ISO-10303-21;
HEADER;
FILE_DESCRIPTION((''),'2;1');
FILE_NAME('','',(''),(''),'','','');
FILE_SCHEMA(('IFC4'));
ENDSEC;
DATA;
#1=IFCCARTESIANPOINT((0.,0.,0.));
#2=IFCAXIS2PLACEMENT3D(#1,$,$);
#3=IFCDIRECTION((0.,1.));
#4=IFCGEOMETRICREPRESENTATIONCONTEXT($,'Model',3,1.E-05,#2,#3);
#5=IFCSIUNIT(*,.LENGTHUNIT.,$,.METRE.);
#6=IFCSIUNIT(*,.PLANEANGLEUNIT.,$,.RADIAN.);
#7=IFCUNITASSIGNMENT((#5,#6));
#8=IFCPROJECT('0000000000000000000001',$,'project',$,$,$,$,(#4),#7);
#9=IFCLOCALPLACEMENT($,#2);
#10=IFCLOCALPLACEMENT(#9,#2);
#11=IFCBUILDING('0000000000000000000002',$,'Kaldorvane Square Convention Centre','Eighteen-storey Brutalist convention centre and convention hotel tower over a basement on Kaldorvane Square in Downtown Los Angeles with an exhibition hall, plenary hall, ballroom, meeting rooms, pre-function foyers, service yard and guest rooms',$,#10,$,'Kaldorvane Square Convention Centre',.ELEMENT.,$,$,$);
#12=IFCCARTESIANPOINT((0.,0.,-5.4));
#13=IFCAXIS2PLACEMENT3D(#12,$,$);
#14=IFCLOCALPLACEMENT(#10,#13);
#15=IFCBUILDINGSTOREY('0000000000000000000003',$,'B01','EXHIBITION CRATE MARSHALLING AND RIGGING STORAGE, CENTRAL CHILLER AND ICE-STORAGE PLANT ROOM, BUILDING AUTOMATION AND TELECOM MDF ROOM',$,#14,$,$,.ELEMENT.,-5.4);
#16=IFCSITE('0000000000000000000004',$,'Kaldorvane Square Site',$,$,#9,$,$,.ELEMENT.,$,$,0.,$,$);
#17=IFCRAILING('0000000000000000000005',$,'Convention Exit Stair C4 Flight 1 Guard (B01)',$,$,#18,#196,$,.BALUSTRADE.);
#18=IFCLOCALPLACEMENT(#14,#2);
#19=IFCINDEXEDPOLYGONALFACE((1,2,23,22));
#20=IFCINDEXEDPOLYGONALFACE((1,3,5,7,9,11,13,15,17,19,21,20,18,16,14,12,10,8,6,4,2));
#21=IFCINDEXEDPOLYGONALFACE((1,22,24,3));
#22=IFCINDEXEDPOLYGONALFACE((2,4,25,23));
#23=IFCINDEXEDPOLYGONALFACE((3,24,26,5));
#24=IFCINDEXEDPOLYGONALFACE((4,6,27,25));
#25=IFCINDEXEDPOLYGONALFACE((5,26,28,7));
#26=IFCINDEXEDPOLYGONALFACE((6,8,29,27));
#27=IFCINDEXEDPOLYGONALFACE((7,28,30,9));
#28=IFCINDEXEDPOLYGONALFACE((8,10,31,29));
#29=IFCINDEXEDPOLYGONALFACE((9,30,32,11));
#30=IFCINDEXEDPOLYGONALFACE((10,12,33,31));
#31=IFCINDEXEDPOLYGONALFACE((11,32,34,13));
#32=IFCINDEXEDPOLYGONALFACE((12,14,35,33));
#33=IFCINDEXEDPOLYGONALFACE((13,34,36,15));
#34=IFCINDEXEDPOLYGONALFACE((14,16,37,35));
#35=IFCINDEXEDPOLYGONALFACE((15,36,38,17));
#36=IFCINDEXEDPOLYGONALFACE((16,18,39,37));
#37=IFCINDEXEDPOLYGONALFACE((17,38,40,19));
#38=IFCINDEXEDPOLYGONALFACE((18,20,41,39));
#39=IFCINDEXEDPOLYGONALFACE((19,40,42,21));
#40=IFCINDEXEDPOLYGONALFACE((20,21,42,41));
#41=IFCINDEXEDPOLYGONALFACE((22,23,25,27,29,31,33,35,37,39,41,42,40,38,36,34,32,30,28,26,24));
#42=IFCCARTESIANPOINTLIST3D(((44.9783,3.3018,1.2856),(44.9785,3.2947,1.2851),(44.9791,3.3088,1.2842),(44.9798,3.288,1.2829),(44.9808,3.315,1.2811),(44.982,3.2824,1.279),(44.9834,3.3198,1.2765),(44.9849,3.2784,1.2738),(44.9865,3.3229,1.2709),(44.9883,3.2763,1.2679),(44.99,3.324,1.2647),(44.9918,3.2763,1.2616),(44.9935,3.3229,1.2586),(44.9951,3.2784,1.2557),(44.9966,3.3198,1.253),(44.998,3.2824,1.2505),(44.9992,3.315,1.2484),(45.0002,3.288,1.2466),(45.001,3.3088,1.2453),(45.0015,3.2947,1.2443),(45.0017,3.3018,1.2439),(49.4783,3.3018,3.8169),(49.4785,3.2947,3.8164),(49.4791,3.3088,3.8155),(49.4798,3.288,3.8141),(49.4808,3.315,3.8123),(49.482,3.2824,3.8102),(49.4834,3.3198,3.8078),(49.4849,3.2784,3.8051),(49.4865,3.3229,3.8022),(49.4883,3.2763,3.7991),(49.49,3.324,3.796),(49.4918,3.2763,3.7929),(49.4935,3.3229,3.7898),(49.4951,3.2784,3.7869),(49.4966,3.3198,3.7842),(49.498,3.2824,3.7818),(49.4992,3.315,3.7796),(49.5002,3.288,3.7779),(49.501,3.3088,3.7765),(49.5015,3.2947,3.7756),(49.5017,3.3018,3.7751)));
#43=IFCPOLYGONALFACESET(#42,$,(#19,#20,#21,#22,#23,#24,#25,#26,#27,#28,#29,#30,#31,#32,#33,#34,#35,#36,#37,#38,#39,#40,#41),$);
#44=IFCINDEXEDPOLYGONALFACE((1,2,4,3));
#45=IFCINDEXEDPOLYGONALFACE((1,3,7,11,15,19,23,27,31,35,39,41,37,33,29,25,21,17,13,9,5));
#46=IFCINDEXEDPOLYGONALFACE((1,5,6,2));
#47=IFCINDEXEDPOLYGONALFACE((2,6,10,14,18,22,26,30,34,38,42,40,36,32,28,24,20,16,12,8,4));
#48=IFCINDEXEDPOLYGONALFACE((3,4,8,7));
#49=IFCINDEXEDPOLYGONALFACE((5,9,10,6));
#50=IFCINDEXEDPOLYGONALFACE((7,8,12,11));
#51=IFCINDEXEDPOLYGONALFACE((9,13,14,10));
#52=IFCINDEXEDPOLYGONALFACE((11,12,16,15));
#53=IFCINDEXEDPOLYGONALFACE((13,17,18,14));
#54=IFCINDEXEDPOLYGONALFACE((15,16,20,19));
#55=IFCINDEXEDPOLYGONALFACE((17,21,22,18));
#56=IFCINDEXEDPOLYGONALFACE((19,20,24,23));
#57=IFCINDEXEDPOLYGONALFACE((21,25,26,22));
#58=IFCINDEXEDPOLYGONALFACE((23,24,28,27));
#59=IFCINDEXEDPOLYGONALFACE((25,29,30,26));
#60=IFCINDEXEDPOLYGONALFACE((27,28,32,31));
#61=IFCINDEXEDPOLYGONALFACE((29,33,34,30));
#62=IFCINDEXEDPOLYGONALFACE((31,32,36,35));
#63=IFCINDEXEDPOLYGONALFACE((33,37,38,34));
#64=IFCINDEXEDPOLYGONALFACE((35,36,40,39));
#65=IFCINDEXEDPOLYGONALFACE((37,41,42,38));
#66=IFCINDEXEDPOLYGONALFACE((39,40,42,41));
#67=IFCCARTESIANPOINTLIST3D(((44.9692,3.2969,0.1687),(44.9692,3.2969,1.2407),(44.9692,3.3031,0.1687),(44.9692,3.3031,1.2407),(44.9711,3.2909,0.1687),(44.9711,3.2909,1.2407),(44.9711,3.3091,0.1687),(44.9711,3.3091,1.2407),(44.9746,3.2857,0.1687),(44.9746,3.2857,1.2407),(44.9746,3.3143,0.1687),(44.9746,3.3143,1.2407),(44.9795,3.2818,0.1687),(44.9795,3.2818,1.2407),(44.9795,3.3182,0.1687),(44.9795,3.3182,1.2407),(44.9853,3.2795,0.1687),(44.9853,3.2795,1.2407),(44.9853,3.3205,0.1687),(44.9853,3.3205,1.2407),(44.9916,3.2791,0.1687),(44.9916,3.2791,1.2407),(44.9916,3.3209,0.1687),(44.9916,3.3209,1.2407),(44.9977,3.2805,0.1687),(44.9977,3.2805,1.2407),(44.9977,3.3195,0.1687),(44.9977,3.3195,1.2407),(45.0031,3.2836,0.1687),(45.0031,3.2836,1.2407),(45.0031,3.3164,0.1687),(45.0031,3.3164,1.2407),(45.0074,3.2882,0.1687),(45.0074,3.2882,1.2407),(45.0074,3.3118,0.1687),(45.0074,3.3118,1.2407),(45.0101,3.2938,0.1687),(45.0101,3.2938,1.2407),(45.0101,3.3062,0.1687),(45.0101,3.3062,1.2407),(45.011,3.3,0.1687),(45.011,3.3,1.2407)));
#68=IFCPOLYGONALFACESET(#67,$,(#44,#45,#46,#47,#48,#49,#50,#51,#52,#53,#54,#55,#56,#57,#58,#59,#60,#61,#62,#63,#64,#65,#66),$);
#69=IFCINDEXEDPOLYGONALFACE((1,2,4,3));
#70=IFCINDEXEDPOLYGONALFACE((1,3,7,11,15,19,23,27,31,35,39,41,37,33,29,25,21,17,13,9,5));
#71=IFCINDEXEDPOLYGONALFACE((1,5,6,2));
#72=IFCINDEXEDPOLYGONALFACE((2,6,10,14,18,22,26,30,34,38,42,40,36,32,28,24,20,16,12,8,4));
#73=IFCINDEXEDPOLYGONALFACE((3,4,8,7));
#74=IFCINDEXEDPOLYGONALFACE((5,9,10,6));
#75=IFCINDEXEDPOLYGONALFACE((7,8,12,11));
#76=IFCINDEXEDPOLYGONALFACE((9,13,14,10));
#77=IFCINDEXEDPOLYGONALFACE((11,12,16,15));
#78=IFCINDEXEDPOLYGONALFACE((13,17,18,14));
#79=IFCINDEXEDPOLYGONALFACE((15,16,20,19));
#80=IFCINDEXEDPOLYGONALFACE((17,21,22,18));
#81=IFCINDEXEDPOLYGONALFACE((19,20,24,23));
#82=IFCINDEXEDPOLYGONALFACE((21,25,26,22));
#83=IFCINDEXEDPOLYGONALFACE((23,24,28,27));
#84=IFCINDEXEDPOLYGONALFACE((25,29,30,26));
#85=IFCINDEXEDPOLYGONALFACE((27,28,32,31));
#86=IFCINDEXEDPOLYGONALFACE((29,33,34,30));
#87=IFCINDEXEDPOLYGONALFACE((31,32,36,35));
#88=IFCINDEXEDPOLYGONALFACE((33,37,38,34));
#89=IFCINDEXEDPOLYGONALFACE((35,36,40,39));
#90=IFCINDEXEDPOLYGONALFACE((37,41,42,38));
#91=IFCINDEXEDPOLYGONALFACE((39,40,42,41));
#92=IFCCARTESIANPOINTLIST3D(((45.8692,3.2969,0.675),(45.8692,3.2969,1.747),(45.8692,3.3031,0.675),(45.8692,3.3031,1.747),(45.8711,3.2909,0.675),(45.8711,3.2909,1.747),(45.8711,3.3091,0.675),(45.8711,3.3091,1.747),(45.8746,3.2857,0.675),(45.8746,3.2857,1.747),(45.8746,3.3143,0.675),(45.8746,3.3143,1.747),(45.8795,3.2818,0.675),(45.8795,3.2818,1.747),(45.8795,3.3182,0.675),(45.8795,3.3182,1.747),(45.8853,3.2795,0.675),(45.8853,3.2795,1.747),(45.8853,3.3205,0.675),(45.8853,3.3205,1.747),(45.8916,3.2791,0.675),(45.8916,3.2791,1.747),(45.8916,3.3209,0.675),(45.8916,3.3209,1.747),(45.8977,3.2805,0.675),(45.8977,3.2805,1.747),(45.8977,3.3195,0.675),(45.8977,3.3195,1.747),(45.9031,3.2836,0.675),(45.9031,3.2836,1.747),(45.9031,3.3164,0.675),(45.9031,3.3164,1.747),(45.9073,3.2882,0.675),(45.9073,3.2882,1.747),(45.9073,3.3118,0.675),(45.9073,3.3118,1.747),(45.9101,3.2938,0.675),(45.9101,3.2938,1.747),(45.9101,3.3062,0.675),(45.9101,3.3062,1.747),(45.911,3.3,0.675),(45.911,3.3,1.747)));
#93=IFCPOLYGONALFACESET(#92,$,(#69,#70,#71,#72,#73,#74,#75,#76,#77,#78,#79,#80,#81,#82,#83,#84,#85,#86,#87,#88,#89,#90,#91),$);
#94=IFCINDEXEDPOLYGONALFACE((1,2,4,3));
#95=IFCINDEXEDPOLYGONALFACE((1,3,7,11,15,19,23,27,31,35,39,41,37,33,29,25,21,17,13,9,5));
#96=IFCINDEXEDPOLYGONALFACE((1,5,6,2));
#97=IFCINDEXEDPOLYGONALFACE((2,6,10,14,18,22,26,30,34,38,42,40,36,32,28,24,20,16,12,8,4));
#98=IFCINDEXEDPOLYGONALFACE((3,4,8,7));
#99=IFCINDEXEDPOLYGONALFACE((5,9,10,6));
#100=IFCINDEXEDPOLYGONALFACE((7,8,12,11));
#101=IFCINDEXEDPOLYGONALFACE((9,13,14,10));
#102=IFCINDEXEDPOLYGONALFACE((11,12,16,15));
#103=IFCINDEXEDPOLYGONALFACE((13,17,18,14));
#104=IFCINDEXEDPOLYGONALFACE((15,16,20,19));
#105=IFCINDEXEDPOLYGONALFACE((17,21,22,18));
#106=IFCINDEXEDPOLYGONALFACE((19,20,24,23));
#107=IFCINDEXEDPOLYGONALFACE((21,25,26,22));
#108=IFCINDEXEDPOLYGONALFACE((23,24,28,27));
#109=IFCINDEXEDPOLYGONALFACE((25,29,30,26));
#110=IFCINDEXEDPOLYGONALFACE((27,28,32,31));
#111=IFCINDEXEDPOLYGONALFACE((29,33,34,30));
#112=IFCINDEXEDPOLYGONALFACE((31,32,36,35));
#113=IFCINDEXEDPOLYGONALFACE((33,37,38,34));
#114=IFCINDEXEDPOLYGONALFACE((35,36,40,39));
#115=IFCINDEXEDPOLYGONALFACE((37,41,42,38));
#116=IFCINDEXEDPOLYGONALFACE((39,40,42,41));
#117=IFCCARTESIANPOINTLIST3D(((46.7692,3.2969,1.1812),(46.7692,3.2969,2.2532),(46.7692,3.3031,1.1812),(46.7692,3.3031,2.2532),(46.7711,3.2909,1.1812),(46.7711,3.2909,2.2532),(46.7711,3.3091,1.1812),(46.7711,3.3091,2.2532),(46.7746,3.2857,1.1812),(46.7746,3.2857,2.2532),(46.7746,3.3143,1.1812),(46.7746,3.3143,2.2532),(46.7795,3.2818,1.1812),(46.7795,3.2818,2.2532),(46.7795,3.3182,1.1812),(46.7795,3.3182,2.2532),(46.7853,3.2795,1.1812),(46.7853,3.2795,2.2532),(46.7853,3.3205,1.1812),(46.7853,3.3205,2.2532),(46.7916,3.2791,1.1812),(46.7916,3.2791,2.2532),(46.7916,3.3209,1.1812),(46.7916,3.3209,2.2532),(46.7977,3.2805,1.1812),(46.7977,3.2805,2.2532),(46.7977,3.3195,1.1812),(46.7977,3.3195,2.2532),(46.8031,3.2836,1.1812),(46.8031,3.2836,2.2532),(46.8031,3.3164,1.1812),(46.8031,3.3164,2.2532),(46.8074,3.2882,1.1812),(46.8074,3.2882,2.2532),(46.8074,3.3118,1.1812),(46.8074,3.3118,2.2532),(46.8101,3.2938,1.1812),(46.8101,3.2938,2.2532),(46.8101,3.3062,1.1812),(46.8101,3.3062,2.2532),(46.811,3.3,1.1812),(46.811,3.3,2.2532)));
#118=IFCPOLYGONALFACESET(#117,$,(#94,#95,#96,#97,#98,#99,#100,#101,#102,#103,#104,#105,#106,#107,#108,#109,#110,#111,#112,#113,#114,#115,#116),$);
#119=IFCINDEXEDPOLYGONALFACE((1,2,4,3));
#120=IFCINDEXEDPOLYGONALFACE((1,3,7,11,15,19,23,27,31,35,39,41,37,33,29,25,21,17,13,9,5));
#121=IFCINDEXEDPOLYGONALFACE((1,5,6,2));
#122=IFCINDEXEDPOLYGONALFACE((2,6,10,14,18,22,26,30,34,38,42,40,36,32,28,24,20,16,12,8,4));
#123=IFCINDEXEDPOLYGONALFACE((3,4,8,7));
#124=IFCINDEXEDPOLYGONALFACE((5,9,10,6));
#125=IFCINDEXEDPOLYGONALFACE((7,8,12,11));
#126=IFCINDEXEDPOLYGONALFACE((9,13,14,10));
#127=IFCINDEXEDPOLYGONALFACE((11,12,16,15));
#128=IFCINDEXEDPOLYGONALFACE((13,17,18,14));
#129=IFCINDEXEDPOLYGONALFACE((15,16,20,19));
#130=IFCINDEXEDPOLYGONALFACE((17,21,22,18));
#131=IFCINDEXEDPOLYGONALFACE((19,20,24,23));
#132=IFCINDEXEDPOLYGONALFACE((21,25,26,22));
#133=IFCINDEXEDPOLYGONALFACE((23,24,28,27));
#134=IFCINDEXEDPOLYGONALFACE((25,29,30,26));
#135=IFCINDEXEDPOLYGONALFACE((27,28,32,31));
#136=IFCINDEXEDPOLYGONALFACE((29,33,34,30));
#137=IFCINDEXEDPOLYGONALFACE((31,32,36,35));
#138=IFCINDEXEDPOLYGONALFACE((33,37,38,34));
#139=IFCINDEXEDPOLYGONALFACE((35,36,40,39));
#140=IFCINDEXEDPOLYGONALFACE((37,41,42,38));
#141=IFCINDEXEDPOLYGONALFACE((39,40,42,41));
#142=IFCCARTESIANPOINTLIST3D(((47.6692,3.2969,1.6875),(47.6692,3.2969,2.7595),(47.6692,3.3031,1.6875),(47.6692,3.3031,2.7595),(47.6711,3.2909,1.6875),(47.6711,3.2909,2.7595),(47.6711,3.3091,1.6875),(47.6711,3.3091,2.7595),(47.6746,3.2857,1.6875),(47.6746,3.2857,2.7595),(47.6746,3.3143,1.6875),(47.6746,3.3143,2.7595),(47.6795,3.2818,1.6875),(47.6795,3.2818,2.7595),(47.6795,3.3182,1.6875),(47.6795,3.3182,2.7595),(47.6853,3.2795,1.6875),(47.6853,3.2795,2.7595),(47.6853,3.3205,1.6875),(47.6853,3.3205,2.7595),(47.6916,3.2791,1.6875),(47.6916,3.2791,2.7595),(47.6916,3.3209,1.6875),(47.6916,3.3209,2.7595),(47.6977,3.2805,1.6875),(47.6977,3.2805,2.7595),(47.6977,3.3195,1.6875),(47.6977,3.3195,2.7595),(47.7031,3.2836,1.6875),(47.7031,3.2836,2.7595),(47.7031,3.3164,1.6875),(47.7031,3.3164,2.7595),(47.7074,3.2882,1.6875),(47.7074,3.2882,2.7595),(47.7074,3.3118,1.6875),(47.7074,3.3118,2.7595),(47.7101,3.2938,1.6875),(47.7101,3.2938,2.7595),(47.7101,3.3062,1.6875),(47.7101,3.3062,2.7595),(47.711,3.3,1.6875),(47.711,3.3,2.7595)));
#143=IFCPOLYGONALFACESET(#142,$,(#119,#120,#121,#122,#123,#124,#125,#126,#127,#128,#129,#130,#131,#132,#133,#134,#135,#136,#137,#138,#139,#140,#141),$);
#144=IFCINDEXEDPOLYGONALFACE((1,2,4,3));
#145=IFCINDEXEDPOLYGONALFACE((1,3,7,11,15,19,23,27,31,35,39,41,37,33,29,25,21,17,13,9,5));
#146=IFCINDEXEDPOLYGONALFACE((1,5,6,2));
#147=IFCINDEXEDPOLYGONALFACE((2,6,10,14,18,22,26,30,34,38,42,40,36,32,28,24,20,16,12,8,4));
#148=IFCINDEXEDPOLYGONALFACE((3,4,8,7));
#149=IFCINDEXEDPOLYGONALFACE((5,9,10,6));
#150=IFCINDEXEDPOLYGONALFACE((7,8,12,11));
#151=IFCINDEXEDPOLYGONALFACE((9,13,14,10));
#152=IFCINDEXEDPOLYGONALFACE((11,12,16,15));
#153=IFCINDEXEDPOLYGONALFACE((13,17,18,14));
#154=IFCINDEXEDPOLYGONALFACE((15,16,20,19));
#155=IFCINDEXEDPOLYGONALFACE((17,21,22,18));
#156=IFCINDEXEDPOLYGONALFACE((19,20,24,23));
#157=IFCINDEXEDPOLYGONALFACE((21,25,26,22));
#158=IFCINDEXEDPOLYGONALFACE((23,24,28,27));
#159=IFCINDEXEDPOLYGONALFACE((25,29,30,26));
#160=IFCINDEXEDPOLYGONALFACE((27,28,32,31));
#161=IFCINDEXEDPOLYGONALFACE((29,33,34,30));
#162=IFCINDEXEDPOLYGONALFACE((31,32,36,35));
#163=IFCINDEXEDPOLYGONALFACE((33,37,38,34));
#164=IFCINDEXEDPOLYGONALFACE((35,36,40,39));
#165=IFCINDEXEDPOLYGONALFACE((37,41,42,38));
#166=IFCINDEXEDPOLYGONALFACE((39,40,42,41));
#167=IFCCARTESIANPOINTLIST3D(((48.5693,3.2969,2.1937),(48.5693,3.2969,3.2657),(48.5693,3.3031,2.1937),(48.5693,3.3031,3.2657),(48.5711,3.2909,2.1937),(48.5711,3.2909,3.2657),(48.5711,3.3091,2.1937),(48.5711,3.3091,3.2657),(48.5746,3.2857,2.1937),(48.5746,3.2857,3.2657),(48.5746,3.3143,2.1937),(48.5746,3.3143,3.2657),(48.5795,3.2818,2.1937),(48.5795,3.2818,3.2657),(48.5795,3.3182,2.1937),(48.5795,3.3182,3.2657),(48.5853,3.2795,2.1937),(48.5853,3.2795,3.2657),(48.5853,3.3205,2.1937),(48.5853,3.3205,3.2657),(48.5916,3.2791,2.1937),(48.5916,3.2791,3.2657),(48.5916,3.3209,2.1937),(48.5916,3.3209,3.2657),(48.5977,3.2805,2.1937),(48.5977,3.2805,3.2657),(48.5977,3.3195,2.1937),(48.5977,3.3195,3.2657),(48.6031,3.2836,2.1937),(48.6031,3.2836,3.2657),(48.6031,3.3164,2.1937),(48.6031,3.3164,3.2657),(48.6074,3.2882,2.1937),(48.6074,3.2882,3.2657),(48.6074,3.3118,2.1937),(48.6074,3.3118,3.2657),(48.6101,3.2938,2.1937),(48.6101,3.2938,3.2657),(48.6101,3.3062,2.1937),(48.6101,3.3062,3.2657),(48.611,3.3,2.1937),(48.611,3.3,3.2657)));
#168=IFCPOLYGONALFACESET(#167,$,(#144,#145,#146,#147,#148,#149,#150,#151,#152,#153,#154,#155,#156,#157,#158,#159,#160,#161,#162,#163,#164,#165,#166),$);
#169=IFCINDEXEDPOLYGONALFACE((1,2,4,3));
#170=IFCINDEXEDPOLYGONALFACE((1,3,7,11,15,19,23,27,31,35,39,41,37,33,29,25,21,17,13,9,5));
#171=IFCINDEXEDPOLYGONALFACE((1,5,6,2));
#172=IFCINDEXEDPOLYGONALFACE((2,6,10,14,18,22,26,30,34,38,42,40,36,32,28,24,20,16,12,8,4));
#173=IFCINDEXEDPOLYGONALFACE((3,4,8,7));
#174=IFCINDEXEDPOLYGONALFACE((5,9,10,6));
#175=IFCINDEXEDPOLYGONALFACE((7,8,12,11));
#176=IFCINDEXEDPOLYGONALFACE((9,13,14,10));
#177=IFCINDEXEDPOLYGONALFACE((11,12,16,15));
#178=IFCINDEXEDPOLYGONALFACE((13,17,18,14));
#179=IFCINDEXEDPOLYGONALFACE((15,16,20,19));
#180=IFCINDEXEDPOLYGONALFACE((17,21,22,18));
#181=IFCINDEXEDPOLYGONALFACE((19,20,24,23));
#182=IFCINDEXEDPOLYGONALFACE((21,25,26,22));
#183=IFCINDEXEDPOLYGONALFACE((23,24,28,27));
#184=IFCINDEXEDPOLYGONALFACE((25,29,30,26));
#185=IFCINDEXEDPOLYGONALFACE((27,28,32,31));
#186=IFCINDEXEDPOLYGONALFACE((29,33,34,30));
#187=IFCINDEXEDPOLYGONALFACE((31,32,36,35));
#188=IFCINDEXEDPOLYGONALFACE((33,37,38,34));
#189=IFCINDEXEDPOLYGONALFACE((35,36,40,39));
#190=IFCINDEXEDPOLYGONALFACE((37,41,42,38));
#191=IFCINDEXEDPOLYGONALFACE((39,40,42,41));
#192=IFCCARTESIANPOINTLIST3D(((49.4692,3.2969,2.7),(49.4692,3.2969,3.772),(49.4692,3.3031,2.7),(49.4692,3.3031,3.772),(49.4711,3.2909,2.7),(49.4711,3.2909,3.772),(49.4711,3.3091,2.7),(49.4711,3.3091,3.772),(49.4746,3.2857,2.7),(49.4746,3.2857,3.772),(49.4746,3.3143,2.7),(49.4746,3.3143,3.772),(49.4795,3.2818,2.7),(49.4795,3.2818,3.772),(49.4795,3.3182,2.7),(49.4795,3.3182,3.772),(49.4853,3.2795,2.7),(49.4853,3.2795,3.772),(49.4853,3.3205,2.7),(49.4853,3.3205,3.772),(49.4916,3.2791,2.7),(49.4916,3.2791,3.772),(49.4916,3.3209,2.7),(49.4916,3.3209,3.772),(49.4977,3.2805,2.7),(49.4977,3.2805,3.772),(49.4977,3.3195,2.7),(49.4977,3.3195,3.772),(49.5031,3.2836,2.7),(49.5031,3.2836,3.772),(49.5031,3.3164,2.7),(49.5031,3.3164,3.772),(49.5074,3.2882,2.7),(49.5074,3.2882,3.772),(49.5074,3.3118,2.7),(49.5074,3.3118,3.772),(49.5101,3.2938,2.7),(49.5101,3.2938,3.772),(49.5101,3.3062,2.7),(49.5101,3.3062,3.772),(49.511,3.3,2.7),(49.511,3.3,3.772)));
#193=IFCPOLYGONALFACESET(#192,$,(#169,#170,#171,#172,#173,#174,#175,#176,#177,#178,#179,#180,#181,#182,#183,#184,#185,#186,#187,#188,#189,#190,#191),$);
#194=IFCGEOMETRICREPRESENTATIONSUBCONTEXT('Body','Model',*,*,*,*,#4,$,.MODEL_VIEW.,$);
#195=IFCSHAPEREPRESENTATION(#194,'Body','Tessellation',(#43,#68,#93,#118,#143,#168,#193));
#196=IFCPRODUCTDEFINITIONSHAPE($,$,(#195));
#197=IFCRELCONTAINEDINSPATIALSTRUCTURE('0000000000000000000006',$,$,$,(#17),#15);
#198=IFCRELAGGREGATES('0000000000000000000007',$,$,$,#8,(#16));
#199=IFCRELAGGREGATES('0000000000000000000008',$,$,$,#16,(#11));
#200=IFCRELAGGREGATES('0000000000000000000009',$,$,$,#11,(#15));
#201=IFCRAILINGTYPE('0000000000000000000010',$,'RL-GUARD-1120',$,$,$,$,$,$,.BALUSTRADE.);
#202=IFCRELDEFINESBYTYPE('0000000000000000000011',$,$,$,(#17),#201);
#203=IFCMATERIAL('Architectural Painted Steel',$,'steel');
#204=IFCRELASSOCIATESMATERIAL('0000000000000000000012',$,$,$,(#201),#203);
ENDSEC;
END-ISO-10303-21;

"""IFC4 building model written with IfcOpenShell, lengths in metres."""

from ifc_helpers import new_model, si_unit, direction, frame, origin, origin_2d, place, context, subcontext, project, spatial, circle, extrude, material, type_object, element, save


model = new_model("IFC4")

# Units and contexts
model_context = context("Model", 3, precision=1e-05, world=origin(), true_north=direction((0.0, 1.0)))
body_context = subcontext(model_context, "Body", "Model", "MODEL_VIEW")
ifc_project = project(units=[si_unit("LENGTHUNIT", "METRE"), si_unit("PLANEANGLEUNIT", "RADIAN")], contexts=[model_context])

# Site, building, storey
site_placement = place(None, origin())
site = spatial("IfcSite", under=ifc_project, at=site_placement, Name="Kaldorvane Square Site", CompositionType="ELEMENT", RefElevation=0.0)
building_placement = place(site_placement, origin())
building = spatial("IfcBuilding", under=site, at=building_placement, Name="Kaldorvane Square Convention Centre", Description="Eighteen-storey Brutalist convention centre and convention hotel tower over a basement on Kaldorvane Square in Downtown Los Angeles with an exhibition hall, plenary hall, ballroom, meeting rooms, pre-function foyers, service yard and guest rooms", LongName="Kaldorvane Square Convention Centre", CompositionType="ELEMENT")
storey_placement = place(building_placement, frame((0.0, 0.0, -5.4)))
storey = spatial("IfcBuildingStorey", under=building, at=storey_placement, Name="B01", Description="EXHIBITION CRATE MARSHALLING AND RIGGING STORAGE, CENTRAL CHILLER AND ICE-STORAGE PLANT ROOM, BUILDING AUTOMATION AND TELECOM MDF ROOM", CompositionType="ELEMENT", Elevation=-5.4)

# Railing
ifc_material_1 = material(Name="Architectural Painted Steel", Category="steel")
railing_type_1 = type_object("IfcRailingType", Name="RL-GUARD-1120", PredefinedType="BALUSTRADE", material=ifc_material_1)
railing_1_placement = place(storey_placement, frame((44.99, 3.3, 0.1687)))
element("IfcRailing", 1, at=railing_1_placement, inside=storey, type_object=railing_type_1, Name="Convention Exit Stair C4 Flight 1 Guard (B01)", PredefinedType="BALUSTRADE", context=body_context, shape_type="SweptSolid", body=[
    extrude(circle(Radius=0.024, at=origin_2d()), frame((0.0, 0.0, 1.096), z_axis=(0.871576, 0.0, 0.490261), x_axis=(0.0, 1.0, 0.0)), (0.0, 0.0, 1.0), 5.1631),
    extrude(circle(Radius=0.021, at=origin_2d()), origin(), (0.0, 0.0, 1.0), 1.072),
    extrude(circle(Radius=0.021, at=origin_2d()), frame((0.9, 0.0, 0.5063)), (0.0, 0.0, 1.0), 1.072),
    extrude(circle(Radius=0.021, at=origin_2d()), frame((1.8, 0.0, 1.0125)), (0.0, 0.0, 1.0), 1.072),
    extrude(circle(Radius=0.021, at=origin_2d()), frame((2.7, 0.0, 1.5188)), (0.0, 0.0, 1.0), 1.072),
    extrude(circle(Radius=0.021, at=origin_2d()), frame((3.6, 0.0, 2.025)), (0.0, 0.0, 1.0), 1.072),
    extrude(circle(Radius=0.021, at=origin_2d()), frame((4.5, 0.0, 2.5312)), (0.0, 0.0, 1.0), 1.072),
])

save(model, "model.ifc")
